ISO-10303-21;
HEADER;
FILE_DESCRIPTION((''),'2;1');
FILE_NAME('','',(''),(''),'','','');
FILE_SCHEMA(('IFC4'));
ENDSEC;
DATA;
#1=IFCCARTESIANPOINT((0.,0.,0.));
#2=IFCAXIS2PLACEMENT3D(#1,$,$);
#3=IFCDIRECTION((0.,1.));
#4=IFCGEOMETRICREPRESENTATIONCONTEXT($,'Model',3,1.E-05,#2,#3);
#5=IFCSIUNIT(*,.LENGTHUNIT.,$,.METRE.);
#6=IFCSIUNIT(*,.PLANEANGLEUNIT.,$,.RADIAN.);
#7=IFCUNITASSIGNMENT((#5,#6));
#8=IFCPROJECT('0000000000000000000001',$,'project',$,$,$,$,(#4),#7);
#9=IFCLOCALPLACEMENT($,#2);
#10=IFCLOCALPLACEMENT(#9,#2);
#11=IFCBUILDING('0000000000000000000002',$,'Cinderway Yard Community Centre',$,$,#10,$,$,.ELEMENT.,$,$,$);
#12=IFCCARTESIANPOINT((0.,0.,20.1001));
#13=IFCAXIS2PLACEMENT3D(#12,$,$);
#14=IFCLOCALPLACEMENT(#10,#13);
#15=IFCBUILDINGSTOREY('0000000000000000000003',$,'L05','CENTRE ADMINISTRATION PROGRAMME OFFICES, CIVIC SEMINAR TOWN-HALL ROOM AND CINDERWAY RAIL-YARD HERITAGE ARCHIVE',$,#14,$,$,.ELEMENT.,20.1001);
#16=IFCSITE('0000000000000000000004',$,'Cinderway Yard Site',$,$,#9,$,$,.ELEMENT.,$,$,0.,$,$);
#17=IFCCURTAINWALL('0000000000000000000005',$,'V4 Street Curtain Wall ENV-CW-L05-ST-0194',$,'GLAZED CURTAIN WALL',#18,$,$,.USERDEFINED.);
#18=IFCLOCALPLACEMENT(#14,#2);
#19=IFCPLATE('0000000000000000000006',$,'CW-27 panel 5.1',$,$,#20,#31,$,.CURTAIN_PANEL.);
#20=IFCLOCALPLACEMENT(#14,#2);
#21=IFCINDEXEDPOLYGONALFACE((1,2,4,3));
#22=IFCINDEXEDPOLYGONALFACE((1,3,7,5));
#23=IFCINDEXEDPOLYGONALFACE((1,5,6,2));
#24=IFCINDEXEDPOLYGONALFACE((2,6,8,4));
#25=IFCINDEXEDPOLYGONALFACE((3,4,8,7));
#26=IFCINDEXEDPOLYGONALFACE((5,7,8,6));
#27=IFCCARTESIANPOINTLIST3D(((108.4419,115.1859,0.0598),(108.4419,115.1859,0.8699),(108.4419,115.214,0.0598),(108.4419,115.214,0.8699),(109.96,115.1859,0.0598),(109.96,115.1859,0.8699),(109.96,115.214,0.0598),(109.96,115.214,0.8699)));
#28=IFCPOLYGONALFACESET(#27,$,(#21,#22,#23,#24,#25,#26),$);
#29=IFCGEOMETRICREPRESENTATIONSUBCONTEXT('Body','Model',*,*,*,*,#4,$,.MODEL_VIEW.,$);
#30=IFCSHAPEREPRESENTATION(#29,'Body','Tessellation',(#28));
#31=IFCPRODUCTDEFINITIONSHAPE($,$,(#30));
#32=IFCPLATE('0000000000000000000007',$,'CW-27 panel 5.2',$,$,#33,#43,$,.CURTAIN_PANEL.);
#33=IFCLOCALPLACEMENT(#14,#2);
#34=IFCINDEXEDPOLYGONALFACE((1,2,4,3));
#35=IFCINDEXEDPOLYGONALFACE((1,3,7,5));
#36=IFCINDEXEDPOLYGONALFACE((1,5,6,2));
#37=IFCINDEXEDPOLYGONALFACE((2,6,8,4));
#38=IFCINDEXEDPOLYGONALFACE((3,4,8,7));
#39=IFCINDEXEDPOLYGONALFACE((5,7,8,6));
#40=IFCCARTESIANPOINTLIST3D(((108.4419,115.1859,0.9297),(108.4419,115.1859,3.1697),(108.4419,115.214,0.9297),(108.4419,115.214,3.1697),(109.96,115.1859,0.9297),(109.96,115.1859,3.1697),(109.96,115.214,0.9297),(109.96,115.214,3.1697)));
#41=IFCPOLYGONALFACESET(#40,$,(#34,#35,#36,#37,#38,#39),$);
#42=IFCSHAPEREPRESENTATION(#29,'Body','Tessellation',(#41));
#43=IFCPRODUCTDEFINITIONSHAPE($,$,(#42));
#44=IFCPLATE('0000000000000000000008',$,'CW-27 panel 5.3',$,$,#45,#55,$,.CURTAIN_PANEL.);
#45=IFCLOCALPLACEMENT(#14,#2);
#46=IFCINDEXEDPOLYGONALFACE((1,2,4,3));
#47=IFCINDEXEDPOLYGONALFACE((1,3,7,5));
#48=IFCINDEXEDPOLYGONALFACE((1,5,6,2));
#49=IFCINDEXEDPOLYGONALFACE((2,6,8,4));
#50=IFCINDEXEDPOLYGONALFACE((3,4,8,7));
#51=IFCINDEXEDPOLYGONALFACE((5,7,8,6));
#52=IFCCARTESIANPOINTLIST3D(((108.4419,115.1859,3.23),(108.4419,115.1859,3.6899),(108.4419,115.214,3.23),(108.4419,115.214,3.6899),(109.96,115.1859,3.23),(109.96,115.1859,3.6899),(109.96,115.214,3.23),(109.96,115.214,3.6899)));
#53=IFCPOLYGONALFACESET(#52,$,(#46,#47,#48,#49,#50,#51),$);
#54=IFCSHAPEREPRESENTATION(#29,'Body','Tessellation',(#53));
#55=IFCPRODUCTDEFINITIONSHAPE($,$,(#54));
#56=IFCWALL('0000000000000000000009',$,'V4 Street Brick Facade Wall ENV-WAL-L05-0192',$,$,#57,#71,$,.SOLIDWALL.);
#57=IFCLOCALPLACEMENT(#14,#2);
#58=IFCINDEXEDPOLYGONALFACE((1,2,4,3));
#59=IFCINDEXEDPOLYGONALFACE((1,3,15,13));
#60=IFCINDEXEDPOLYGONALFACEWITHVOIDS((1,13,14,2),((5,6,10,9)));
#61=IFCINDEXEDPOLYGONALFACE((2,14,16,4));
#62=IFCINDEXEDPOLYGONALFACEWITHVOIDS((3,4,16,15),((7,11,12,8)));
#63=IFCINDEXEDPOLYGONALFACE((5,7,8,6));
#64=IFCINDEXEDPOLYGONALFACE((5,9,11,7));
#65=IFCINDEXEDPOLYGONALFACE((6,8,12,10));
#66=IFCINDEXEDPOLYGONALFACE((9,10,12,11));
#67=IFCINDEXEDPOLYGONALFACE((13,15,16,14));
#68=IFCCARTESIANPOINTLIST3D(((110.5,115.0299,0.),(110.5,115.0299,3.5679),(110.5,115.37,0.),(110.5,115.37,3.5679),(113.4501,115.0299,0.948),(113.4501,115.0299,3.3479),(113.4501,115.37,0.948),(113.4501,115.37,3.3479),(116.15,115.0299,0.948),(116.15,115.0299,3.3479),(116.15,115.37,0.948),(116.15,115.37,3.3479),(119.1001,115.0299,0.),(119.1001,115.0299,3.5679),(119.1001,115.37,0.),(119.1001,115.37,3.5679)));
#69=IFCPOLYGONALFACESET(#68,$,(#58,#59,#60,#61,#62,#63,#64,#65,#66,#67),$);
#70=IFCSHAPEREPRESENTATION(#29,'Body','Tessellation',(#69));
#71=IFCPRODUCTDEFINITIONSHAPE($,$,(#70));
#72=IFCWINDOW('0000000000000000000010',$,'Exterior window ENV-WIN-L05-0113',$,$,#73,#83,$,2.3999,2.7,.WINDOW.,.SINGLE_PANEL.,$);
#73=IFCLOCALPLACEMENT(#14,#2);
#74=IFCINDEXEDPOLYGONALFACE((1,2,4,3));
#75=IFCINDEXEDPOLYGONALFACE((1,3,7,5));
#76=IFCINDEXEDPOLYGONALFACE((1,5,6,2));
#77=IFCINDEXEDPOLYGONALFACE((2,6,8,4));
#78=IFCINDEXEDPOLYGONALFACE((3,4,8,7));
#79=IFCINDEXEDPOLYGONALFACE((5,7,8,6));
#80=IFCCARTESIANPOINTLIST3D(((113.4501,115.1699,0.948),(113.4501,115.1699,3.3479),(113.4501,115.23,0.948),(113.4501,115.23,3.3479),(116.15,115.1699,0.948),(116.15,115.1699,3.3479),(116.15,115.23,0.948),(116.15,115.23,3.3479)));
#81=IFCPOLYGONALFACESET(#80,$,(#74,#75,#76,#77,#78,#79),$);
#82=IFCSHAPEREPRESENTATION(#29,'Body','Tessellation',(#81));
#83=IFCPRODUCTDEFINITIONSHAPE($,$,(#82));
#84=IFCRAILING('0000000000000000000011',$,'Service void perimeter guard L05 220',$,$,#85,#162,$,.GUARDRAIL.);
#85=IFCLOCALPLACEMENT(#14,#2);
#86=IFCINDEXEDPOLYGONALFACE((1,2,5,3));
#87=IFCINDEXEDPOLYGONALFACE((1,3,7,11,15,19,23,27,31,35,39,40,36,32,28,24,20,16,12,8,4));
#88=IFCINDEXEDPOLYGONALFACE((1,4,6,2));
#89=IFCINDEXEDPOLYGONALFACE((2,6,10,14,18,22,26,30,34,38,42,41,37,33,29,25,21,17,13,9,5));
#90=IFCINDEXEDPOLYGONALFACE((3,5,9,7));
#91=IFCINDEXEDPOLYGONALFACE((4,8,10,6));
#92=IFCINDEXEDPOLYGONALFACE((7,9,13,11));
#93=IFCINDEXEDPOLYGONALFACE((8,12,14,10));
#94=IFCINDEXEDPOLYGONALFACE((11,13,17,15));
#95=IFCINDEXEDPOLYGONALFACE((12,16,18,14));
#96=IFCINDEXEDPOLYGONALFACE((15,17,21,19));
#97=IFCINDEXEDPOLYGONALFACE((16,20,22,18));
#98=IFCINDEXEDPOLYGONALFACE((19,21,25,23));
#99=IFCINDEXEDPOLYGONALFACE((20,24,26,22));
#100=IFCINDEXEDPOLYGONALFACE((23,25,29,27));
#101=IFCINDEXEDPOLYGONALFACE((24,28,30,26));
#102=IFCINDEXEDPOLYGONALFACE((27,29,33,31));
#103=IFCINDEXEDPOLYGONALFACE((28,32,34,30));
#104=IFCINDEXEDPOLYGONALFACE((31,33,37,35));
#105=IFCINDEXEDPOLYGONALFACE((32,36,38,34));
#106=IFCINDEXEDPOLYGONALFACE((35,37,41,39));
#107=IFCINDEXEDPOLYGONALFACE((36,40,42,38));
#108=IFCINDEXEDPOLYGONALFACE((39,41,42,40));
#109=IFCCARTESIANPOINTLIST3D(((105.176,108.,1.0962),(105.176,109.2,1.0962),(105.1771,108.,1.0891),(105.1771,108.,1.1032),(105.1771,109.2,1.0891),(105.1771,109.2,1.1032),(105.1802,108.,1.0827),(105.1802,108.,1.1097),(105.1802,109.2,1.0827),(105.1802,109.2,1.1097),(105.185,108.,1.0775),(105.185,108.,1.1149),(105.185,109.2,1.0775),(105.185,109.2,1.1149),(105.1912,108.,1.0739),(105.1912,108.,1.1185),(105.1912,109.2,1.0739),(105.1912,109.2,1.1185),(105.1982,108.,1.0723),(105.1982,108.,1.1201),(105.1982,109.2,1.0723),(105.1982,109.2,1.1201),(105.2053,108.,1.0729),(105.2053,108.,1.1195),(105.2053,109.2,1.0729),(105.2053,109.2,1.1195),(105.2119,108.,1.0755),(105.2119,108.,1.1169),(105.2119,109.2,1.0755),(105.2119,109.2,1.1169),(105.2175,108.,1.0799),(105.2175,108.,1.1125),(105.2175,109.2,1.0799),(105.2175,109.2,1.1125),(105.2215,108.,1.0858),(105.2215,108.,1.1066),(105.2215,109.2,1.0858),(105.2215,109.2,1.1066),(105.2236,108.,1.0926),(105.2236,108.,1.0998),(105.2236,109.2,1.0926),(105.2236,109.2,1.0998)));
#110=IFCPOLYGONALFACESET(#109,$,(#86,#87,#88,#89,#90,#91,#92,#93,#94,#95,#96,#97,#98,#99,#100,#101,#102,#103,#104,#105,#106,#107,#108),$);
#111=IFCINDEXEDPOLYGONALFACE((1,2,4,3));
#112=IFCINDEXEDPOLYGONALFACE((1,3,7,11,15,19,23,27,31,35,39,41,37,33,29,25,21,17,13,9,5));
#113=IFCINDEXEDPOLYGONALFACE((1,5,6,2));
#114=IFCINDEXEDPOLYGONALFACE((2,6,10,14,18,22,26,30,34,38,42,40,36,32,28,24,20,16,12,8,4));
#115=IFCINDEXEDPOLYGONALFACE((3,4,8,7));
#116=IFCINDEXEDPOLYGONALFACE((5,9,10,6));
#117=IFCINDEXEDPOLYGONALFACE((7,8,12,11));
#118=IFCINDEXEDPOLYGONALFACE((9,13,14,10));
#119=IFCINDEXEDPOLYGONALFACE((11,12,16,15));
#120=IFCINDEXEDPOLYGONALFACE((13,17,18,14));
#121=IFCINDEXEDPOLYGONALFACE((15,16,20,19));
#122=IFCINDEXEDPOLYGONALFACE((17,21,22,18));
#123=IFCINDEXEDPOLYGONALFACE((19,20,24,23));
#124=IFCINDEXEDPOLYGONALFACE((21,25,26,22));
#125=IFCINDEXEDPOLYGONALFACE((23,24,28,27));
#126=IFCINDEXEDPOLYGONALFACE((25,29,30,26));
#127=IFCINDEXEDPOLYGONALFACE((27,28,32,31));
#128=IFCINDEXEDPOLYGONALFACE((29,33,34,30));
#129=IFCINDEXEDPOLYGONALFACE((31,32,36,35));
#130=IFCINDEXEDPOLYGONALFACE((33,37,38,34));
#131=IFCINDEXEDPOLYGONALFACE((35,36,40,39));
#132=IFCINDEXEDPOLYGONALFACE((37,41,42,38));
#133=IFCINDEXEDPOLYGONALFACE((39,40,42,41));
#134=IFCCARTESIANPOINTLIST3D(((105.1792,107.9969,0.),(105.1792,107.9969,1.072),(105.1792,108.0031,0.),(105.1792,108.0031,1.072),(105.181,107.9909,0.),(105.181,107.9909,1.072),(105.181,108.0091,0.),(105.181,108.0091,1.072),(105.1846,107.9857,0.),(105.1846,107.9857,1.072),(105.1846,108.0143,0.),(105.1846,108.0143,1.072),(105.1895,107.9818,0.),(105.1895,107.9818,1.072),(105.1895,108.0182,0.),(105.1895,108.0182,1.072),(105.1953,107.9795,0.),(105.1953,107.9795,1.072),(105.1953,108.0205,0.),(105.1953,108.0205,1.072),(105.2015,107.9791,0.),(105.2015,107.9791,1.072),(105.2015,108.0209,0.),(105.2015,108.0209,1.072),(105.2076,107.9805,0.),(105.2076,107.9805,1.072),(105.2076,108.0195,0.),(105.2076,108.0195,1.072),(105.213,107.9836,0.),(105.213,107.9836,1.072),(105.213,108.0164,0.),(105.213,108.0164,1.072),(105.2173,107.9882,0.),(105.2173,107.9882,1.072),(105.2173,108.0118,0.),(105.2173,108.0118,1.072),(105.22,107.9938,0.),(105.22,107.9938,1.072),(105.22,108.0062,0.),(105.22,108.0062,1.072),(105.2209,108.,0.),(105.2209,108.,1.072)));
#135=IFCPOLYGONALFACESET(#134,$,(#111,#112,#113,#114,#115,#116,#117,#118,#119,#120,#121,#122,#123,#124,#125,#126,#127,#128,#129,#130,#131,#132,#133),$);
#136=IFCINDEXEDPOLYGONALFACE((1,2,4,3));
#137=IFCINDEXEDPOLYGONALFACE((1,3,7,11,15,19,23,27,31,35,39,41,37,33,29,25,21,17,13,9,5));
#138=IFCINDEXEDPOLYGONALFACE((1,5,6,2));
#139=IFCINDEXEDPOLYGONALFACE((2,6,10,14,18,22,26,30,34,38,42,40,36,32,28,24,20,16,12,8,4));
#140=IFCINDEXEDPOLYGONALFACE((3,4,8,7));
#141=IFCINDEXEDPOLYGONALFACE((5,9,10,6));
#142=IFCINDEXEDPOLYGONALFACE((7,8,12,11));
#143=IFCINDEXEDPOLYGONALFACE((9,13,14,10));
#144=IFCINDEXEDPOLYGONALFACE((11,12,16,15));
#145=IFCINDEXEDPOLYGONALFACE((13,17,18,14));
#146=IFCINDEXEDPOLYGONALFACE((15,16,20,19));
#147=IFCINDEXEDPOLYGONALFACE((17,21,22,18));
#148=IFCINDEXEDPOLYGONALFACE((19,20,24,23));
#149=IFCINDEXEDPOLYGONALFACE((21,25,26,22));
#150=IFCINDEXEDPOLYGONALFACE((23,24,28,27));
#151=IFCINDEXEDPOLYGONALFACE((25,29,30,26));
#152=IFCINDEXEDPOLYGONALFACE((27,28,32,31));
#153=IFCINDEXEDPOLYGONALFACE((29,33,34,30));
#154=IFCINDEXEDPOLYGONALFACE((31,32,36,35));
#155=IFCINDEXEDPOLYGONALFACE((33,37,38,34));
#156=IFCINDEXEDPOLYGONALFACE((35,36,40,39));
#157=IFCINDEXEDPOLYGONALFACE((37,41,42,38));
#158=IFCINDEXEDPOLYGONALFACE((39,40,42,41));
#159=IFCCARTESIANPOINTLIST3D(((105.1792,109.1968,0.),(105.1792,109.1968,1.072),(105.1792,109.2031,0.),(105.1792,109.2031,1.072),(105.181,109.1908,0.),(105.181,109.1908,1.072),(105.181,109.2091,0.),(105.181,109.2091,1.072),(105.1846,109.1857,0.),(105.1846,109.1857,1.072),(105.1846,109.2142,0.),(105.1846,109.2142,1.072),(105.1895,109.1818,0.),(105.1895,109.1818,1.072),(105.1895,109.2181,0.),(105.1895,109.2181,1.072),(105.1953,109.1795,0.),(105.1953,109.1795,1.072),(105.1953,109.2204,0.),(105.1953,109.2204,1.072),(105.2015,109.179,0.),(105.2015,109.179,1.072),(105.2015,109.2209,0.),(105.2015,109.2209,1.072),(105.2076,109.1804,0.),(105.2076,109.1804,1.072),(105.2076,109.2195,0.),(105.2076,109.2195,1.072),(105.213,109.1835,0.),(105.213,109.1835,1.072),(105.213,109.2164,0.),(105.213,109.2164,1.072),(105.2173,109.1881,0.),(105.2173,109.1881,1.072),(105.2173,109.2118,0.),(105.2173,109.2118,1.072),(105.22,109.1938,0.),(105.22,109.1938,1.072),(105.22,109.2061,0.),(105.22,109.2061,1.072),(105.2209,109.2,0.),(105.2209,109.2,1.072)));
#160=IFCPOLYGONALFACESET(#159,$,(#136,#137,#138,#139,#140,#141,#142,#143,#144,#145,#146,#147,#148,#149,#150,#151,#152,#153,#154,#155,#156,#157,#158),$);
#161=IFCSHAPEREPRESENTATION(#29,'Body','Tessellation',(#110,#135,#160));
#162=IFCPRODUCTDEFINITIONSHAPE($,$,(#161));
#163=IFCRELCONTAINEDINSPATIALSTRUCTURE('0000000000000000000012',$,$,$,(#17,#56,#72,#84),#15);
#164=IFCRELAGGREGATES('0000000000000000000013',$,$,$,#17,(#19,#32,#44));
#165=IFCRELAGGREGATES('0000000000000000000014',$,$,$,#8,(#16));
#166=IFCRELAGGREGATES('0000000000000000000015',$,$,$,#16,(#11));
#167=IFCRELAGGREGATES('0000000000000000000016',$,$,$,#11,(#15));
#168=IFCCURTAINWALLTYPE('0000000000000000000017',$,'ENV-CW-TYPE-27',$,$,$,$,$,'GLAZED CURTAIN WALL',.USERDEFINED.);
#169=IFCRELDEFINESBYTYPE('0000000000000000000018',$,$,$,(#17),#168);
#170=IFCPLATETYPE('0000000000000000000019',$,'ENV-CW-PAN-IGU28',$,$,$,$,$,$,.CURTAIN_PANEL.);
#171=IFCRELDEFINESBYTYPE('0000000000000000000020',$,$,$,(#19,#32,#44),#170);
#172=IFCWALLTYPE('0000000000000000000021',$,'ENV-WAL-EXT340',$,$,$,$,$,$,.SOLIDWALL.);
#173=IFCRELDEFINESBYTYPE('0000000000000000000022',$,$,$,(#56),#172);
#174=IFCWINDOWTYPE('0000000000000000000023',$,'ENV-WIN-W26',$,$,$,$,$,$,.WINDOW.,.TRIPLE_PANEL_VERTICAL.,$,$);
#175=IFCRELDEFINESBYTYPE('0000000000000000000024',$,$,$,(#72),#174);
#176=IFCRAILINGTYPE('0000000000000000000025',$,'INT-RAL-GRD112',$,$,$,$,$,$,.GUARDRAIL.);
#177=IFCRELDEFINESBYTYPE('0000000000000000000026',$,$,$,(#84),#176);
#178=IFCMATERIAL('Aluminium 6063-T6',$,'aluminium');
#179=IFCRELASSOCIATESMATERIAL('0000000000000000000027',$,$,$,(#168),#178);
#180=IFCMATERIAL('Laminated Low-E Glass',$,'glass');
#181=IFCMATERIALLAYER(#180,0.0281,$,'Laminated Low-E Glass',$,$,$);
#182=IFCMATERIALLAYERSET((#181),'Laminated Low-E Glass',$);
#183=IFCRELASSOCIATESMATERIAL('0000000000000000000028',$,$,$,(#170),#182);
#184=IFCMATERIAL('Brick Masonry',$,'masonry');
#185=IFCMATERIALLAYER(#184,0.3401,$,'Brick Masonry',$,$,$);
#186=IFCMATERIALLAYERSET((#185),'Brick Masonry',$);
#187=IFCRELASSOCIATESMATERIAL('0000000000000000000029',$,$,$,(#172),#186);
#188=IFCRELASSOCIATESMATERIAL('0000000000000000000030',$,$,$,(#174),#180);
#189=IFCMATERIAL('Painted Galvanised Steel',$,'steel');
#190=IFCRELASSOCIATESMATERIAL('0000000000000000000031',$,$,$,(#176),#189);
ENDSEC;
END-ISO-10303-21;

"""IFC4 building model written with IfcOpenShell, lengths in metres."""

from ifc_helpers import new_model, si_unit, direction, frame, frame_2d, origin, origin_2d, place, context, subcontext, project, spatial, rectangle, circle, extrude, material, layer, layer_set, type_object, element, fill, aggregate, save


model = new_model("IFC4")

# Units and contexts
model_context = context("Model", 3, precision=1e-05, world=origin(), true_north=direction((0.0, 1.0)))
body_context = subcontext(model_context, "Body", "Model", "MODEL_VIEW")
ifc_project = project(units=[si_unit("LENGTHUNIT", "METRE"), si_unit("PLANEANGLEUNIT", "RADIAN")], contexts=[model_context])

# Site, building, storey
site_placement = place(None, origin())
site = spatial("IfcSite", under=ifc_project, at=site_placement, Name="Cinderway Yard Site", CompositionType="ELEMENT", RefElevation=0.0)
building_placement = place(site_placement, origin())
building = spatial("IfcBuilding", under=site, at=building_placement, Name="Cinderway Yard Community Centre", CompositionType="ELEMENT")
storey_placement = place(building_placement, frame((0.0, 0.0, 20.1001)))
storey = spatial("IfcBuildingStorey", under=building, at=storey_placement, Name="L05", Description="CENTRE ADMINISTRATION PROGRAMME OFFICES, CIVIC SEMINAR TOWN-HALL ROOM AND CINDERWAY RAIL-YARD HERITAGE ARCHIVE", CompositionType="ELEMENT", Elevation=20.1001)

# Curtain wall
ifc_material_1 = material(Name="Aluminium 6063-T6", Category="aluminium")
curtain_wall_type = type_object("IfcCurtainWallType", Name="ENV-CW-TYPE-27", ElementType="GLAZED CURTAIN WALL", PredefinedType="USERDEFINED", material=ifc_material_1)
curtain_wall_placement = place(storey_placement, origin())
curtain_wall = element("IfcCurtainWall", 1, at=curtain_wall_placement, inside=storey, type_object=curtain_wall_type, Name="V4 Street Curtain Wall ENV-CW-L05-ST-0194", ObjectType="GLAZED CURTAIN WALL", PredefinedType="USERDEFINED")

# Plates
ifc_material_2 = material(Name="Laminated Low-E Glass", Category="glass")
ifc_layer_1 = layer(ifc_material_2, 0.0281, Name="Laminated Low-E Glass")
ifc_layer_set_1 = layer_set([ifc_layer_1], Name="Laminated Low-E Glass")
plate_type = type_object("IfcPlateType", Name="ENV-CW-PAN-IGU28", PredefinedType="CURTAIN_PANEL", material=ifc_layer_set_1)
plate_1_placement = place(storey_placement, frame((109.2009, 115.2, 0.0598), z_axis=(0.0, 0.0, 1.0), x_axis=(1.0, 0.0, 0.0)))
plate_1 = element("IfcPlate", 2, at=plate_1_placement, type_object=plate_type, Name="CW-27 panel 5.1", PredefinedType="CURTAIN_PANEL", context=body_context, shape_type="SweptSolid", body=[
    extrude(rectangle(XDim=1.5181, YDim=0.0281, at=origin_2d()), origin(), (0.0, 0.0, 1.0), 0.8101),
])
plate_2_placement = place(storey_placement, frame((109.2009, 115.2, 0.9297), z_axis=(0.0, 0.0, 1.0), x_axis=(1.0, 0.0, 0.0)))
plate_2 = element("IfcPlate", 3, at=plate_2_placement, type_object=plate_type, Name="CW-27 panel 5.2", PredefinedType="CURTAIN_PANEL", context=body_context, shape_type="SweptSolid", body=[
    extrude(rectangle(XDim=1.5181, YDim=0.0281, at=origin_2d()), origin(), (0.0, 0.0, 1.0), 2.24),
])
plate_3_placement = place(storey_placement, frame((109.2009, 115.2, 3.23), z_axis=(0.0, 0.0, 1.0), x_axis=(1.0, 0.0, 0.0)))
plate_3 = element("IfcPlate", 4, at=plate_3_placement, type_object=plate_type, Name="CW-27 panel 5.3", PredefinedType="CURTAIN_PANEL", context=body_context, shape_type="SweptSolid", body=[
    extrude(rectangle(XDim=1.5181, YDim=0.0281, at=origin_2d()), origin(), (0.0, 0.0, 1.0), 0.46),
])
aggregate(curtain_wall, [plate_1, plate_2, plate_3])

# Wall, opening, window
ifc_material_3 = material(Name="Brick Masonry", Category="masonry")
ifc_layer_2 = layer(ifc_material_3, 0.3401, Name="Brick Masonry")
ifc_layer_set_2 = layer_set([ifc_layer_2], Name="Brick Masonry")
wall_type = type_object("IfcWallType", Name="ENV-WAL-EXT340", PredefinedType="SOLIDWALL", material=ifc_layer_set_2)
wall_placement = place(storey_placement, frame((110.5, 115.2, 0.0), z_axis=(0.0, 0.0, 1.0), x_axis=(1.0, 0.0, 0.0)))
wall = element("IfcWall", 5, at=wall_placement, inside=storey, type_object=wall_type, Name="V4 Street Brick Facade Wall ENV-WAL-L05-0192", PredefinedType="SOLIDWALL", context=body_context, shape_type="SweptSolid", body=[
    extrude(rectangle(XDim=8.6001, YDim=0.3401, at=frame_2d((4.3, 0.0))), origin(), (0.0, 0.0, 1.0), 3.5679),
])
opening_placement = place(wall_placement, frame((2.95, 0.0, 0.948)))
opening = element("IfcOpeningElement", 6, at=opening_placement, cuts=wall, PredefinedType="OPENING", context=body_context, shape_type="SweptSolid", body=[
    extrude(rectangle(XDim=2.7, YDim=2.3999, at=frame_2d((1.3501, 1.2))), frame((0.0, 0.1799, 0.0), z_axis=(0.0, -1.0, 0.0), x_axis=(1.0, 0.0, 0.0)), (0.0, 0.0, 1.0), 0.3601),
])
window_type = type_object("IfcWindowType", Name="ENV-WIN-W26", PartitioningType="TRIPLE_PANEL_VERTICAL", PredefinedType="WINDOW", material=ifc_material_2)
window_placement = place(opening_placement, origin())
window = element("IfcWindow", 7, at=window_placement, inside=storey, type_object=window_type, Name="Exterior window ENV-WIN-L05-0113", OverallHeight=2.3999, OverallWidth=2.7, PartitioningType="SINGLE_PANEL", PredefinedType="WINDOW", context=body_context, shape_type="SweptSolid", body=[
    extrude(rectangle(XDim=2.7, YDim=2.3999, at=frame_2d((1.3501, 1.2))), frame((0.0, 0.03, 0.0), z_axis=(0.0, -1.0, 0.0), x_axis=(1.0, 0.0, 0.0)), (0.0, 0.0, 1.0), 0.0601),
])
fill(opening, window)

# Railing
ifc_material_4 = material(Name="Painted Galvanised Steel", Category="steel")
railing_type = type_object("IfcRailingType", Name="INT-RAL-GRD112", PredefinedType="GUARDRAIL", material=ifc_material_4)
railing_1_placement = place(storey_placement, frame((105.2, 108.0, 0.0)))
element("IfcRailing", 8, at=railing_1_placement, inside=storey, type_object=railing_type, Name="Service void perimeter guard L05 220", PredefinedType="GUARDRAIL", context=body_context, shape_type="SweptSolid", body=[
    extrude(circle(Radius=0.0239, at=origin_2d()), frame((0.0, 0.0, 1.0962), z_axis=(0.0, 1.0, 0.0), x_axis=(-1.0, 0.0, 0.0)), (0.0, 0.0, 1.0), 1.2),
    extrude(circle(Radius=0.021, at=origin_2d()), origin(), (0.0, 0.0, 1.0), 1.072),
    extrude(circle(Radius=0.021, at=origin_2d()), frame((0.0, 1.2, 0.0)), (0.0, 0.0, 1.0), 1.072),
])

save(model, "model.ifc")
